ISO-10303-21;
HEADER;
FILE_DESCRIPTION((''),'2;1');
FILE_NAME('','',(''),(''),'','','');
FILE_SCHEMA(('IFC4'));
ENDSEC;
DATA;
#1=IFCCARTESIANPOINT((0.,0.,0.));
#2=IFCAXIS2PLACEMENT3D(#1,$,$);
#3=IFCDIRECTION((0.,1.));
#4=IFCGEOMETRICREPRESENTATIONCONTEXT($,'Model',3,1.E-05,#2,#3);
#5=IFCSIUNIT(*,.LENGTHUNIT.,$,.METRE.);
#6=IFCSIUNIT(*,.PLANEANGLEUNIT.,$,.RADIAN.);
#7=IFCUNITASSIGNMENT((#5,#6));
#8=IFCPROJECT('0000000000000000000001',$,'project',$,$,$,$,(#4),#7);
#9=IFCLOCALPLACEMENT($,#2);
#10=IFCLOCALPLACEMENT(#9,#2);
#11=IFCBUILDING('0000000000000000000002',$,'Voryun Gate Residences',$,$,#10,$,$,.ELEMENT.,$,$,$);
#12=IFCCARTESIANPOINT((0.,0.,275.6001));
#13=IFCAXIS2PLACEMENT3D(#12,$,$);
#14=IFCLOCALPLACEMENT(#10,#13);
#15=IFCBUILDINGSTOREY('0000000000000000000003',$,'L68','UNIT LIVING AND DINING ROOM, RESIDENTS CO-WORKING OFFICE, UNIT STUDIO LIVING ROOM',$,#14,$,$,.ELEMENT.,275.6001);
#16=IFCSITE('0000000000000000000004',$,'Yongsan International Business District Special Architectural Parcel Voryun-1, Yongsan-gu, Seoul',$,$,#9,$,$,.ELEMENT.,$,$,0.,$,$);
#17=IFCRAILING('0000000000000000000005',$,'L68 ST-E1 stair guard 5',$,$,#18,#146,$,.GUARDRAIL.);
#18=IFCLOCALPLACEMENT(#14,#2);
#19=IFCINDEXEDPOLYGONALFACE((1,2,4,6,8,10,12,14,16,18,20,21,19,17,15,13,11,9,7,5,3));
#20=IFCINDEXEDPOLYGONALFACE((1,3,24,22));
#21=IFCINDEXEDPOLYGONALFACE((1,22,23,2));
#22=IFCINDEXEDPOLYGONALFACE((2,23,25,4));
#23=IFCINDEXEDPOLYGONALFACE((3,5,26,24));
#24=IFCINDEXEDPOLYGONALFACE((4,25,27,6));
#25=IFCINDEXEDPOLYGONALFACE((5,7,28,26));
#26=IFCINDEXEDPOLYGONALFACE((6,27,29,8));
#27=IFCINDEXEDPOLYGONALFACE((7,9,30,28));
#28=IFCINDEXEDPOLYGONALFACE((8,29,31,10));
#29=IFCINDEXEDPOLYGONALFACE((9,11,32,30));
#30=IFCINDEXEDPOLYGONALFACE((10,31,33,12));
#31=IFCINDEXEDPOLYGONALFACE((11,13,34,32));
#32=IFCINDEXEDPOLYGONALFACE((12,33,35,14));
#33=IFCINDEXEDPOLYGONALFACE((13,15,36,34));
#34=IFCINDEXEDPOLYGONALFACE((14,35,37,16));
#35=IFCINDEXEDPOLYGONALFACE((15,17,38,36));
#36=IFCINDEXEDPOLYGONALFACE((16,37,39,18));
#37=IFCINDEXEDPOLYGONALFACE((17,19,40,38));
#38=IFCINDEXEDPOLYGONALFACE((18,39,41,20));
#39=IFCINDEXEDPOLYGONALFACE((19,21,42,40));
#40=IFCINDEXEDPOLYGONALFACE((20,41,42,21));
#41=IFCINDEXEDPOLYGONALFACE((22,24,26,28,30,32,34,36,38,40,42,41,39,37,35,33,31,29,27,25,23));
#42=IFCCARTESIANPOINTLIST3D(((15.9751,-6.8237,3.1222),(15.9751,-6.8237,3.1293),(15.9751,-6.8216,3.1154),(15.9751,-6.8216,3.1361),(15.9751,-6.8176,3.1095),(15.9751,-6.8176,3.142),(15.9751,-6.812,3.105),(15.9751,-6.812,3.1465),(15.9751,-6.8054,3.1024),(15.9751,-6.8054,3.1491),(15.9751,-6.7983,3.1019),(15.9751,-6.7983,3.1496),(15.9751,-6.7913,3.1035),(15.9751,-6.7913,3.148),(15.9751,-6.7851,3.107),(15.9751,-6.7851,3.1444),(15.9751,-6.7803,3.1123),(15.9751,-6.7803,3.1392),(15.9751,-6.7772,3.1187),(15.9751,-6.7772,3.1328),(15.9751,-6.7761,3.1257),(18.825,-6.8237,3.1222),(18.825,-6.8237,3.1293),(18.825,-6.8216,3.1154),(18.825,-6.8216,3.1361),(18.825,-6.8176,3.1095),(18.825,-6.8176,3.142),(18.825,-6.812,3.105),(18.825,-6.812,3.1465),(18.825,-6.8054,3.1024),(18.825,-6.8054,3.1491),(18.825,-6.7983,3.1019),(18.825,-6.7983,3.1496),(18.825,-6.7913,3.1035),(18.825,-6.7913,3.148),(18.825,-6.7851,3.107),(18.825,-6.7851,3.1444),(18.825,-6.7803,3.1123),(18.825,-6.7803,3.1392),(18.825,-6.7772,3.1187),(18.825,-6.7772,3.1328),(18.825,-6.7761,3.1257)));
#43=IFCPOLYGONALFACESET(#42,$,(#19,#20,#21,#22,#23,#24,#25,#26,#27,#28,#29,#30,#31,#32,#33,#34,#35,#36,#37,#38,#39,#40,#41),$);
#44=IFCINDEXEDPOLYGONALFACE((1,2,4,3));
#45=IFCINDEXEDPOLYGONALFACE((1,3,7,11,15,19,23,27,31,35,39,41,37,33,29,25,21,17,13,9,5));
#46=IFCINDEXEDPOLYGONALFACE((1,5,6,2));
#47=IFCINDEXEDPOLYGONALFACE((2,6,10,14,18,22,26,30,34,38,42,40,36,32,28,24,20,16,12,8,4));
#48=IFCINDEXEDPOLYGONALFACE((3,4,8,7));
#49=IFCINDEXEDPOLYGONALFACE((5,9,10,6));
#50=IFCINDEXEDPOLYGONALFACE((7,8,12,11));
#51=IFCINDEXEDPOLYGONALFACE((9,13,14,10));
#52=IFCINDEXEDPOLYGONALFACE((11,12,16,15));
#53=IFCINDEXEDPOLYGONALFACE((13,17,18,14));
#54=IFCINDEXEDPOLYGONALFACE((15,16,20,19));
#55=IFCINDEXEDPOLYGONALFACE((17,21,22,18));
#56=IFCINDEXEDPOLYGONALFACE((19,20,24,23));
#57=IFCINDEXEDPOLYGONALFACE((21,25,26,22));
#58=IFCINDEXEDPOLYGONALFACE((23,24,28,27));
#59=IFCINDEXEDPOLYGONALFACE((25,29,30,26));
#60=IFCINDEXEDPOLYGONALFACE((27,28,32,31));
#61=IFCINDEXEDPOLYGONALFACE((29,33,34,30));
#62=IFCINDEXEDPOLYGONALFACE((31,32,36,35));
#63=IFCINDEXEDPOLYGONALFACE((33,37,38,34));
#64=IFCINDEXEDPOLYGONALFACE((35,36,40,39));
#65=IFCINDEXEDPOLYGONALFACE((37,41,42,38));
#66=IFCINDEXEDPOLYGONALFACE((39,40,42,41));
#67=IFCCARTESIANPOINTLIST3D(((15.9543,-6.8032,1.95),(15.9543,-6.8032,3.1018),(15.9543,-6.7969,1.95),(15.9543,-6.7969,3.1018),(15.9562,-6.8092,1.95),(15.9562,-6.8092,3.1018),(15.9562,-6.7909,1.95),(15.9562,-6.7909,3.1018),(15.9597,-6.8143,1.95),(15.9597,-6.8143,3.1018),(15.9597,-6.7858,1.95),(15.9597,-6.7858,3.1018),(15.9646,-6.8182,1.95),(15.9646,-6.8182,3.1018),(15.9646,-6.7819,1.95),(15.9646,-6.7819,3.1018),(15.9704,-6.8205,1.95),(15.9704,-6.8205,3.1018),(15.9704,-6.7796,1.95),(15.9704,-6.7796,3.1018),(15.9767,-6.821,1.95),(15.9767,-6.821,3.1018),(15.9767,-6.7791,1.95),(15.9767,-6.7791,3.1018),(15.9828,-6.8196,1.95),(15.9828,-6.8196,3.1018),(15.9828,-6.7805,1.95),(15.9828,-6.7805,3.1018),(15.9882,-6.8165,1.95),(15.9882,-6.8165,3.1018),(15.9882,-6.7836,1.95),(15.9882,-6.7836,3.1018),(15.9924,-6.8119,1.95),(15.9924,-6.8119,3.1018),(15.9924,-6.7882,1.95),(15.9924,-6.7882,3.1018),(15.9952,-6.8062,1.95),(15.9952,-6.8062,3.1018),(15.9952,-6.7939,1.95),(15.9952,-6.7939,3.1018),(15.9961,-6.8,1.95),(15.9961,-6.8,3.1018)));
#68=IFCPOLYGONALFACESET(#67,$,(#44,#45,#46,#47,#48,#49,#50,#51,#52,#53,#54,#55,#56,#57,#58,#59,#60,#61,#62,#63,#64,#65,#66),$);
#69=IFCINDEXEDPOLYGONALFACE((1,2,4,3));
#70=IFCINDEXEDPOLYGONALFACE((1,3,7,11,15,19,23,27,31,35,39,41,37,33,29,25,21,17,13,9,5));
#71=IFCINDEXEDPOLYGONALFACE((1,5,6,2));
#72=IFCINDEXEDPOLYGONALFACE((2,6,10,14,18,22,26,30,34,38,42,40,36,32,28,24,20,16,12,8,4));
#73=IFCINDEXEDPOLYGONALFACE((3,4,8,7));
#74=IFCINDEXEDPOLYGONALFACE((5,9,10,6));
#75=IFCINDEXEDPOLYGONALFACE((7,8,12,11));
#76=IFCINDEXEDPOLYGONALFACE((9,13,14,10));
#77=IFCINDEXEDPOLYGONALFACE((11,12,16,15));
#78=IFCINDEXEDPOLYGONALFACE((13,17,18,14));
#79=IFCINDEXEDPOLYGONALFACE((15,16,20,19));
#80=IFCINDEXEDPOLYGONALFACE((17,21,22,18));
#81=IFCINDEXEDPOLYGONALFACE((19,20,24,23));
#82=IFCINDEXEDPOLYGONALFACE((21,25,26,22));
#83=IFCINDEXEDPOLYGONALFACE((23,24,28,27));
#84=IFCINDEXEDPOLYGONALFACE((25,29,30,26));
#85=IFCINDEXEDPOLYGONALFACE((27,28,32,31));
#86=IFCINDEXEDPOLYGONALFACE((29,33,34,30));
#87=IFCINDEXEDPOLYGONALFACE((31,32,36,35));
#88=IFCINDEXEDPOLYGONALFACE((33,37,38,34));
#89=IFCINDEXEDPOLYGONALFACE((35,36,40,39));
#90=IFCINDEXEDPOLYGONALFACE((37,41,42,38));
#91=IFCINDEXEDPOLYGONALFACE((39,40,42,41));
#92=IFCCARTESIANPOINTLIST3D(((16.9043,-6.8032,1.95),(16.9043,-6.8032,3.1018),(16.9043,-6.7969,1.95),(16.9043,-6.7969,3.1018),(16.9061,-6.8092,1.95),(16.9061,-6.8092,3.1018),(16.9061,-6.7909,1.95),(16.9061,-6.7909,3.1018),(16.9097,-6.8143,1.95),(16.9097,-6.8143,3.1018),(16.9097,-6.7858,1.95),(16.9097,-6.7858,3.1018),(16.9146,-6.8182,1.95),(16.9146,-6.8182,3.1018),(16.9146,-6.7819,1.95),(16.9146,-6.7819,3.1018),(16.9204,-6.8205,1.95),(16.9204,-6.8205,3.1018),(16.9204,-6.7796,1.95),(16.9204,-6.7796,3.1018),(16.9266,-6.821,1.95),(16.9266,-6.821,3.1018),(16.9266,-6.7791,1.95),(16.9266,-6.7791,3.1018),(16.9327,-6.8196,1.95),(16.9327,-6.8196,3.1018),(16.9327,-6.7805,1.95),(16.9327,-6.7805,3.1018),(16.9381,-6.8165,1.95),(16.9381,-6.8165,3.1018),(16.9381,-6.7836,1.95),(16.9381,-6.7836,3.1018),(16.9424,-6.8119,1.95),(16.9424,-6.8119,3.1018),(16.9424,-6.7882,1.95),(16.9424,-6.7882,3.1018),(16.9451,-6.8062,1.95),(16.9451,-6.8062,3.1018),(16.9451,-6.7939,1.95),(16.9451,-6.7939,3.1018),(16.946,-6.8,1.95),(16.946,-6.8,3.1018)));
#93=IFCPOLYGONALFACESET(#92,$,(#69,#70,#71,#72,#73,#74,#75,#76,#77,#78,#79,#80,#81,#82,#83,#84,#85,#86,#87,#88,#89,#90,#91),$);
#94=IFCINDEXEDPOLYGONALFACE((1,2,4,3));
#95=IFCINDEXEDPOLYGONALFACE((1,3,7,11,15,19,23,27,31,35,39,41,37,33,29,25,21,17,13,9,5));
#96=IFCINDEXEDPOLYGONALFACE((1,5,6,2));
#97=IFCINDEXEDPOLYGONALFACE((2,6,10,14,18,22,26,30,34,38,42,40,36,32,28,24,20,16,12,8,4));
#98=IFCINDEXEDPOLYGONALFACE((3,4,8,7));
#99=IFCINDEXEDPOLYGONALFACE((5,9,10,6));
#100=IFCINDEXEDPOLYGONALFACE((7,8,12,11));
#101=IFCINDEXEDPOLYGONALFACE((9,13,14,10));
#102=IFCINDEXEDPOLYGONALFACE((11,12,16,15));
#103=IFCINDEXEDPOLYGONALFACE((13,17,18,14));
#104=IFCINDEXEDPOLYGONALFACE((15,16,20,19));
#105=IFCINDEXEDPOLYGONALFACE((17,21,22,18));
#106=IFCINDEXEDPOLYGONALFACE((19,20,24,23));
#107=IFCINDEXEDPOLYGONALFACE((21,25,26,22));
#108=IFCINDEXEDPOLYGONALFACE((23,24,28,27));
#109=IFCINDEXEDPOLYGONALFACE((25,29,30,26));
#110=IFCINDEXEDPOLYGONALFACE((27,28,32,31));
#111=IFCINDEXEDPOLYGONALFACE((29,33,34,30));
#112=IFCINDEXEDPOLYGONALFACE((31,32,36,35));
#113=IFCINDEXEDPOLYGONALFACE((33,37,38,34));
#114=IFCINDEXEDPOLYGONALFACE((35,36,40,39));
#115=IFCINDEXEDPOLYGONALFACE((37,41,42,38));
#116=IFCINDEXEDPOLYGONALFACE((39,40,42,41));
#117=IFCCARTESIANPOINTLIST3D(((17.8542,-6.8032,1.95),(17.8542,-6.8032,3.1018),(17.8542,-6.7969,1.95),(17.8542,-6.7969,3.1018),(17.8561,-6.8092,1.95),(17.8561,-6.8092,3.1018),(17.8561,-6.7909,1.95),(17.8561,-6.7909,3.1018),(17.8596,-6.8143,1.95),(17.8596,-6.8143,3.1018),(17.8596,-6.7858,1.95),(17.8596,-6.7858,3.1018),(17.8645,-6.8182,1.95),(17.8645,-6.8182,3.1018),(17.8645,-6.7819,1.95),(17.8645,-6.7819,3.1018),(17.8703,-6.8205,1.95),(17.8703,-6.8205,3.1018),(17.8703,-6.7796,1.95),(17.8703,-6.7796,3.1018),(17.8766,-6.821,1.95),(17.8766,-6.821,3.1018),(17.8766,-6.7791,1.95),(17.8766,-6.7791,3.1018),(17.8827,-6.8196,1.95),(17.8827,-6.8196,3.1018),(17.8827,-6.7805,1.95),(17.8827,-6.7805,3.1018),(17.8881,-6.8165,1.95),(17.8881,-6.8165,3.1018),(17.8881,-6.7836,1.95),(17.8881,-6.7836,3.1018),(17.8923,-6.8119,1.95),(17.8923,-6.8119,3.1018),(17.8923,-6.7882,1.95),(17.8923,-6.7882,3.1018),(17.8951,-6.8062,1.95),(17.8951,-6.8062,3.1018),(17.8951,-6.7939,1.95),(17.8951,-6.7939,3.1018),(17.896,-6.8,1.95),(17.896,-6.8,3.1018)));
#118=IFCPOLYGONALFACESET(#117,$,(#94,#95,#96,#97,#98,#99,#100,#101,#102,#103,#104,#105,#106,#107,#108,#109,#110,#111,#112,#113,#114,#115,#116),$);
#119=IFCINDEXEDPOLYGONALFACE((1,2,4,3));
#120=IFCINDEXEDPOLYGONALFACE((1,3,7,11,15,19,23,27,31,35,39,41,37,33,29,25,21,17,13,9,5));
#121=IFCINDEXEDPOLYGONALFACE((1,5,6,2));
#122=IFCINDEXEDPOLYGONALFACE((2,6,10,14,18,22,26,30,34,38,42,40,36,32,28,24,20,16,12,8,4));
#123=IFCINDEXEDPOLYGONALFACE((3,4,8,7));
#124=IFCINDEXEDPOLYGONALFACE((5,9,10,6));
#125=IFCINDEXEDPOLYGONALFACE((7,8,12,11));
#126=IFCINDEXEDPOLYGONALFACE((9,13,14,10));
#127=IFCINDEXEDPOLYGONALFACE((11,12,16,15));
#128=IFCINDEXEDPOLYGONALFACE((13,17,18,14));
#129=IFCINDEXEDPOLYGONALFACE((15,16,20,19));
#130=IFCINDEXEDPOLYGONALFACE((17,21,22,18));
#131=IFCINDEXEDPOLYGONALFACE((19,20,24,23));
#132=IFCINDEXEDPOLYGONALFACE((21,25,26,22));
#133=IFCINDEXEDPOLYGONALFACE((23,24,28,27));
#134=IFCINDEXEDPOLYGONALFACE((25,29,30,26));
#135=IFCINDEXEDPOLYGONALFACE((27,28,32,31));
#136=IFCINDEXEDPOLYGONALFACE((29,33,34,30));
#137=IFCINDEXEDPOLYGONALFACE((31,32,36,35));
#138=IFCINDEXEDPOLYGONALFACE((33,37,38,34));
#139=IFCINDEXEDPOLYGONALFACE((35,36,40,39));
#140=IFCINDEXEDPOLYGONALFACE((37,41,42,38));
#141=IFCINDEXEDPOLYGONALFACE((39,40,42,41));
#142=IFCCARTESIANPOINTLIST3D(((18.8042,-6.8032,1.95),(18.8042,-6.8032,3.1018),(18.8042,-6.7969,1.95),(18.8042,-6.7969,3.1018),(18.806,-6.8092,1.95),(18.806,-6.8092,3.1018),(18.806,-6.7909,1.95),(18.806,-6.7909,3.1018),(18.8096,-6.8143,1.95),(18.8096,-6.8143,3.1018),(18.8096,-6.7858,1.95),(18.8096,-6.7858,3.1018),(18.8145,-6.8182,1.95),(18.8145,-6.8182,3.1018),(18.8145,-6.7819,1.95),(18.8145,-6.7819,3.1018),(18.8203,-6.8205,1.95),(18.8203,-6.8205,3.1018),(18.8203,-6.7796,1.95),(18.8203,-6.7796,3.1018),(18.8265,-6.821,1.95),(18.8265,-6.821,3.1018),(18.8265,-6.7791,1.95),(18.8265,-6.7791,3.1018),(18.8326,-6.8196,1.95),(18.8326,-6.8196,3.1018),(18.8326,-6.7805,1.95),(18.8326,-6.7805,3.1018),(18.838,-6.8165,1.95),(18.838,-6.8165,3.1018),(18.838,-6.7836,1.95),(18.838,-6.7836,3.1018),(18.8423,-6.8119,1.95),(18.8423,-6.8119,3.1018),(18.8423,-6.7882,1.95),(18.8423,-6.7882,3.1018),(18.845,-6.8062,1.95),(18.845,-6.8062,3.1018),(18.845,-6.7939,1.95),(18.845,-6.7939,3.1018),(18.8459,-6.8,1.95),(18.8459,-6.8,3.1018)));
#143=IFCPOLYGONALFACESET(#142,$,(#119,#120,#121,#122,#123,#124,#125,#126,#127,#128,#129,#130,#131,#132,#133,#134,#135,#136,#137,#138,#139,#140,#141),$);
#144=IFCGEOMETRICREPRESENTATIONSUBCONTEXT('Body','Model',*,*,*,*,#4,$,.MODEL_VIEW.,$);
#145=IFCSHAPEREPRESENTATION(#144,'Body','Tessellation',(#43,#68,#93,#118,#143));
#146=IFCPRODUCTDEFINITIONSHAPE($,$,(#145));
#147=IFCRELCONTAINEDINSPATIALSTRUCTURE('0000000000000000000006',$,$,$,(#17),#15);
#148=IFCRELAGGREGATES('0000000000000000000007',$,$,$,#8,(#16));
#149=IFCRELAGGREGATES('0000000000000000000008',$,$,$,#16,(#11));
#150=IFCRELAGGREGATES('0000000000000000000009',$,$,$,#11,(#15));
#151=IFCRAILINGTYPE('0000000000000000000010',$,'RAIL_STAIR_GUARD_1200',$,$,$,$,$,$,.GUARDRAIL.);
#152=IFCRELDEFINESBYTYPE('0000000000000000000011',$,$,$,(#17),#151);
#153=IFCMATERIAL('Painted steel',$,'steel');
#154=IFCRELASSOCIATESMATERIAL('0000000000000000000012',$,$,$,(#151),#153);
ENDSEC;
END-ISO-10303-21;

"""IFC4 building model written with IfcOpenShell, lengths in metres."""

from ifc_helpers import new_model, si_unit, direction, frame, origin, origin_2d, place, context, subcontext, project, spatial, circle, extrude, material, type_object, element, save


model = new_model("IFC4")

# Units and contexts
model_context = context("Model", 3, precision=1e-05, world=origin(), true_north=direction((0.0, 1.0)))
body_context = subcontext(model_context, "Body", "Model", "MODEL_VIEW")
ifc_project = project(units=[si_unit("LENGTHUNIT", "METRE"), si_unit("PLANEANGLEUNIT", "RADIAN")], contexts=[model_context])

# Site, building, storey
site_placement = place(None, origin())
site = spatial("IfcSite", under=ifc_project, at=site_placement, Name="Yongsan International Business District Special Architectural Parcel Voryun-1, Yongsan-gu, Seoul", CompositionType="ELEMENT", RefElevation=0.0)
building_placement = place(site_placement, origin())
building = spatial("IfcBuilding", under=site, at=building_placement, Name="Voryun Gate Residences", CompositionType="ELEMENT")
storey_placement = place(building_placement, frame((0.0, 0.0, 275.6001)))
storey = spatial("IfcBuildingStorey", under=building, at=storey_placement, Name="L68", Description="UNIT LIVING AND DINING ROOM, RESIDENTS CO-WORKING OFFICE, UNIT STUDIO LIVING ROOM", CompositionType="ELEMENT", Elevation=275.6001)

# Railing
ifc_material_1 = material(Name="Painted steel", Category="steel")
railing_type_1 = type_object("IfcRailingType", Name="RAIL_STAIR_GUARD_1200", PredefinedType="GUARDRAIL", material=ifc_material_1)
railing_1_placement = place(storey_placement, frame((15.9751, -6.8, 1.95)))
element("IfcRailing", 1, at=railing_1_placement, inside=storey, type_object=railing_type_1, Name="L68 ST-E1 stair guard 5", PredefinedType="GUARDRAIL", context=body_context, shape_type="SweptSolid", body=[
    extrude(circle(Radius=0.0239, at=origin_2d()), frame((0.0, 0.0, 1.1758), z_axis=(1.0, 0.0, 0.0), x_axis=(0.0, 1.0, 0.0)), (0.0, 0.0, 1.0), 2.8499),
    extrude(circle(Radius=0.021, at=origin_2d()), origin(), (0.0, 0.0, 1.0), 1.1519),
    extrude(circle(Radius=0.021, at=origin_2d()), frame((0.95, 0.0, 0.0)), (0.0, 0.0, 1.0), 1.1519),
    extrude(circle(Radius=0.021, at=origin_2d()), frame((1.8999, 0.0, 0.0)), (0.0, 0.0, 1.0), 1.1519),
    extrude(circle(Radius=0.021, at=origin_2d()), frame((2.8499, 0.0, 0.0)), (0.0, 0.0, 1.0), 1.1519),
])

save(model, "model.ifc")
